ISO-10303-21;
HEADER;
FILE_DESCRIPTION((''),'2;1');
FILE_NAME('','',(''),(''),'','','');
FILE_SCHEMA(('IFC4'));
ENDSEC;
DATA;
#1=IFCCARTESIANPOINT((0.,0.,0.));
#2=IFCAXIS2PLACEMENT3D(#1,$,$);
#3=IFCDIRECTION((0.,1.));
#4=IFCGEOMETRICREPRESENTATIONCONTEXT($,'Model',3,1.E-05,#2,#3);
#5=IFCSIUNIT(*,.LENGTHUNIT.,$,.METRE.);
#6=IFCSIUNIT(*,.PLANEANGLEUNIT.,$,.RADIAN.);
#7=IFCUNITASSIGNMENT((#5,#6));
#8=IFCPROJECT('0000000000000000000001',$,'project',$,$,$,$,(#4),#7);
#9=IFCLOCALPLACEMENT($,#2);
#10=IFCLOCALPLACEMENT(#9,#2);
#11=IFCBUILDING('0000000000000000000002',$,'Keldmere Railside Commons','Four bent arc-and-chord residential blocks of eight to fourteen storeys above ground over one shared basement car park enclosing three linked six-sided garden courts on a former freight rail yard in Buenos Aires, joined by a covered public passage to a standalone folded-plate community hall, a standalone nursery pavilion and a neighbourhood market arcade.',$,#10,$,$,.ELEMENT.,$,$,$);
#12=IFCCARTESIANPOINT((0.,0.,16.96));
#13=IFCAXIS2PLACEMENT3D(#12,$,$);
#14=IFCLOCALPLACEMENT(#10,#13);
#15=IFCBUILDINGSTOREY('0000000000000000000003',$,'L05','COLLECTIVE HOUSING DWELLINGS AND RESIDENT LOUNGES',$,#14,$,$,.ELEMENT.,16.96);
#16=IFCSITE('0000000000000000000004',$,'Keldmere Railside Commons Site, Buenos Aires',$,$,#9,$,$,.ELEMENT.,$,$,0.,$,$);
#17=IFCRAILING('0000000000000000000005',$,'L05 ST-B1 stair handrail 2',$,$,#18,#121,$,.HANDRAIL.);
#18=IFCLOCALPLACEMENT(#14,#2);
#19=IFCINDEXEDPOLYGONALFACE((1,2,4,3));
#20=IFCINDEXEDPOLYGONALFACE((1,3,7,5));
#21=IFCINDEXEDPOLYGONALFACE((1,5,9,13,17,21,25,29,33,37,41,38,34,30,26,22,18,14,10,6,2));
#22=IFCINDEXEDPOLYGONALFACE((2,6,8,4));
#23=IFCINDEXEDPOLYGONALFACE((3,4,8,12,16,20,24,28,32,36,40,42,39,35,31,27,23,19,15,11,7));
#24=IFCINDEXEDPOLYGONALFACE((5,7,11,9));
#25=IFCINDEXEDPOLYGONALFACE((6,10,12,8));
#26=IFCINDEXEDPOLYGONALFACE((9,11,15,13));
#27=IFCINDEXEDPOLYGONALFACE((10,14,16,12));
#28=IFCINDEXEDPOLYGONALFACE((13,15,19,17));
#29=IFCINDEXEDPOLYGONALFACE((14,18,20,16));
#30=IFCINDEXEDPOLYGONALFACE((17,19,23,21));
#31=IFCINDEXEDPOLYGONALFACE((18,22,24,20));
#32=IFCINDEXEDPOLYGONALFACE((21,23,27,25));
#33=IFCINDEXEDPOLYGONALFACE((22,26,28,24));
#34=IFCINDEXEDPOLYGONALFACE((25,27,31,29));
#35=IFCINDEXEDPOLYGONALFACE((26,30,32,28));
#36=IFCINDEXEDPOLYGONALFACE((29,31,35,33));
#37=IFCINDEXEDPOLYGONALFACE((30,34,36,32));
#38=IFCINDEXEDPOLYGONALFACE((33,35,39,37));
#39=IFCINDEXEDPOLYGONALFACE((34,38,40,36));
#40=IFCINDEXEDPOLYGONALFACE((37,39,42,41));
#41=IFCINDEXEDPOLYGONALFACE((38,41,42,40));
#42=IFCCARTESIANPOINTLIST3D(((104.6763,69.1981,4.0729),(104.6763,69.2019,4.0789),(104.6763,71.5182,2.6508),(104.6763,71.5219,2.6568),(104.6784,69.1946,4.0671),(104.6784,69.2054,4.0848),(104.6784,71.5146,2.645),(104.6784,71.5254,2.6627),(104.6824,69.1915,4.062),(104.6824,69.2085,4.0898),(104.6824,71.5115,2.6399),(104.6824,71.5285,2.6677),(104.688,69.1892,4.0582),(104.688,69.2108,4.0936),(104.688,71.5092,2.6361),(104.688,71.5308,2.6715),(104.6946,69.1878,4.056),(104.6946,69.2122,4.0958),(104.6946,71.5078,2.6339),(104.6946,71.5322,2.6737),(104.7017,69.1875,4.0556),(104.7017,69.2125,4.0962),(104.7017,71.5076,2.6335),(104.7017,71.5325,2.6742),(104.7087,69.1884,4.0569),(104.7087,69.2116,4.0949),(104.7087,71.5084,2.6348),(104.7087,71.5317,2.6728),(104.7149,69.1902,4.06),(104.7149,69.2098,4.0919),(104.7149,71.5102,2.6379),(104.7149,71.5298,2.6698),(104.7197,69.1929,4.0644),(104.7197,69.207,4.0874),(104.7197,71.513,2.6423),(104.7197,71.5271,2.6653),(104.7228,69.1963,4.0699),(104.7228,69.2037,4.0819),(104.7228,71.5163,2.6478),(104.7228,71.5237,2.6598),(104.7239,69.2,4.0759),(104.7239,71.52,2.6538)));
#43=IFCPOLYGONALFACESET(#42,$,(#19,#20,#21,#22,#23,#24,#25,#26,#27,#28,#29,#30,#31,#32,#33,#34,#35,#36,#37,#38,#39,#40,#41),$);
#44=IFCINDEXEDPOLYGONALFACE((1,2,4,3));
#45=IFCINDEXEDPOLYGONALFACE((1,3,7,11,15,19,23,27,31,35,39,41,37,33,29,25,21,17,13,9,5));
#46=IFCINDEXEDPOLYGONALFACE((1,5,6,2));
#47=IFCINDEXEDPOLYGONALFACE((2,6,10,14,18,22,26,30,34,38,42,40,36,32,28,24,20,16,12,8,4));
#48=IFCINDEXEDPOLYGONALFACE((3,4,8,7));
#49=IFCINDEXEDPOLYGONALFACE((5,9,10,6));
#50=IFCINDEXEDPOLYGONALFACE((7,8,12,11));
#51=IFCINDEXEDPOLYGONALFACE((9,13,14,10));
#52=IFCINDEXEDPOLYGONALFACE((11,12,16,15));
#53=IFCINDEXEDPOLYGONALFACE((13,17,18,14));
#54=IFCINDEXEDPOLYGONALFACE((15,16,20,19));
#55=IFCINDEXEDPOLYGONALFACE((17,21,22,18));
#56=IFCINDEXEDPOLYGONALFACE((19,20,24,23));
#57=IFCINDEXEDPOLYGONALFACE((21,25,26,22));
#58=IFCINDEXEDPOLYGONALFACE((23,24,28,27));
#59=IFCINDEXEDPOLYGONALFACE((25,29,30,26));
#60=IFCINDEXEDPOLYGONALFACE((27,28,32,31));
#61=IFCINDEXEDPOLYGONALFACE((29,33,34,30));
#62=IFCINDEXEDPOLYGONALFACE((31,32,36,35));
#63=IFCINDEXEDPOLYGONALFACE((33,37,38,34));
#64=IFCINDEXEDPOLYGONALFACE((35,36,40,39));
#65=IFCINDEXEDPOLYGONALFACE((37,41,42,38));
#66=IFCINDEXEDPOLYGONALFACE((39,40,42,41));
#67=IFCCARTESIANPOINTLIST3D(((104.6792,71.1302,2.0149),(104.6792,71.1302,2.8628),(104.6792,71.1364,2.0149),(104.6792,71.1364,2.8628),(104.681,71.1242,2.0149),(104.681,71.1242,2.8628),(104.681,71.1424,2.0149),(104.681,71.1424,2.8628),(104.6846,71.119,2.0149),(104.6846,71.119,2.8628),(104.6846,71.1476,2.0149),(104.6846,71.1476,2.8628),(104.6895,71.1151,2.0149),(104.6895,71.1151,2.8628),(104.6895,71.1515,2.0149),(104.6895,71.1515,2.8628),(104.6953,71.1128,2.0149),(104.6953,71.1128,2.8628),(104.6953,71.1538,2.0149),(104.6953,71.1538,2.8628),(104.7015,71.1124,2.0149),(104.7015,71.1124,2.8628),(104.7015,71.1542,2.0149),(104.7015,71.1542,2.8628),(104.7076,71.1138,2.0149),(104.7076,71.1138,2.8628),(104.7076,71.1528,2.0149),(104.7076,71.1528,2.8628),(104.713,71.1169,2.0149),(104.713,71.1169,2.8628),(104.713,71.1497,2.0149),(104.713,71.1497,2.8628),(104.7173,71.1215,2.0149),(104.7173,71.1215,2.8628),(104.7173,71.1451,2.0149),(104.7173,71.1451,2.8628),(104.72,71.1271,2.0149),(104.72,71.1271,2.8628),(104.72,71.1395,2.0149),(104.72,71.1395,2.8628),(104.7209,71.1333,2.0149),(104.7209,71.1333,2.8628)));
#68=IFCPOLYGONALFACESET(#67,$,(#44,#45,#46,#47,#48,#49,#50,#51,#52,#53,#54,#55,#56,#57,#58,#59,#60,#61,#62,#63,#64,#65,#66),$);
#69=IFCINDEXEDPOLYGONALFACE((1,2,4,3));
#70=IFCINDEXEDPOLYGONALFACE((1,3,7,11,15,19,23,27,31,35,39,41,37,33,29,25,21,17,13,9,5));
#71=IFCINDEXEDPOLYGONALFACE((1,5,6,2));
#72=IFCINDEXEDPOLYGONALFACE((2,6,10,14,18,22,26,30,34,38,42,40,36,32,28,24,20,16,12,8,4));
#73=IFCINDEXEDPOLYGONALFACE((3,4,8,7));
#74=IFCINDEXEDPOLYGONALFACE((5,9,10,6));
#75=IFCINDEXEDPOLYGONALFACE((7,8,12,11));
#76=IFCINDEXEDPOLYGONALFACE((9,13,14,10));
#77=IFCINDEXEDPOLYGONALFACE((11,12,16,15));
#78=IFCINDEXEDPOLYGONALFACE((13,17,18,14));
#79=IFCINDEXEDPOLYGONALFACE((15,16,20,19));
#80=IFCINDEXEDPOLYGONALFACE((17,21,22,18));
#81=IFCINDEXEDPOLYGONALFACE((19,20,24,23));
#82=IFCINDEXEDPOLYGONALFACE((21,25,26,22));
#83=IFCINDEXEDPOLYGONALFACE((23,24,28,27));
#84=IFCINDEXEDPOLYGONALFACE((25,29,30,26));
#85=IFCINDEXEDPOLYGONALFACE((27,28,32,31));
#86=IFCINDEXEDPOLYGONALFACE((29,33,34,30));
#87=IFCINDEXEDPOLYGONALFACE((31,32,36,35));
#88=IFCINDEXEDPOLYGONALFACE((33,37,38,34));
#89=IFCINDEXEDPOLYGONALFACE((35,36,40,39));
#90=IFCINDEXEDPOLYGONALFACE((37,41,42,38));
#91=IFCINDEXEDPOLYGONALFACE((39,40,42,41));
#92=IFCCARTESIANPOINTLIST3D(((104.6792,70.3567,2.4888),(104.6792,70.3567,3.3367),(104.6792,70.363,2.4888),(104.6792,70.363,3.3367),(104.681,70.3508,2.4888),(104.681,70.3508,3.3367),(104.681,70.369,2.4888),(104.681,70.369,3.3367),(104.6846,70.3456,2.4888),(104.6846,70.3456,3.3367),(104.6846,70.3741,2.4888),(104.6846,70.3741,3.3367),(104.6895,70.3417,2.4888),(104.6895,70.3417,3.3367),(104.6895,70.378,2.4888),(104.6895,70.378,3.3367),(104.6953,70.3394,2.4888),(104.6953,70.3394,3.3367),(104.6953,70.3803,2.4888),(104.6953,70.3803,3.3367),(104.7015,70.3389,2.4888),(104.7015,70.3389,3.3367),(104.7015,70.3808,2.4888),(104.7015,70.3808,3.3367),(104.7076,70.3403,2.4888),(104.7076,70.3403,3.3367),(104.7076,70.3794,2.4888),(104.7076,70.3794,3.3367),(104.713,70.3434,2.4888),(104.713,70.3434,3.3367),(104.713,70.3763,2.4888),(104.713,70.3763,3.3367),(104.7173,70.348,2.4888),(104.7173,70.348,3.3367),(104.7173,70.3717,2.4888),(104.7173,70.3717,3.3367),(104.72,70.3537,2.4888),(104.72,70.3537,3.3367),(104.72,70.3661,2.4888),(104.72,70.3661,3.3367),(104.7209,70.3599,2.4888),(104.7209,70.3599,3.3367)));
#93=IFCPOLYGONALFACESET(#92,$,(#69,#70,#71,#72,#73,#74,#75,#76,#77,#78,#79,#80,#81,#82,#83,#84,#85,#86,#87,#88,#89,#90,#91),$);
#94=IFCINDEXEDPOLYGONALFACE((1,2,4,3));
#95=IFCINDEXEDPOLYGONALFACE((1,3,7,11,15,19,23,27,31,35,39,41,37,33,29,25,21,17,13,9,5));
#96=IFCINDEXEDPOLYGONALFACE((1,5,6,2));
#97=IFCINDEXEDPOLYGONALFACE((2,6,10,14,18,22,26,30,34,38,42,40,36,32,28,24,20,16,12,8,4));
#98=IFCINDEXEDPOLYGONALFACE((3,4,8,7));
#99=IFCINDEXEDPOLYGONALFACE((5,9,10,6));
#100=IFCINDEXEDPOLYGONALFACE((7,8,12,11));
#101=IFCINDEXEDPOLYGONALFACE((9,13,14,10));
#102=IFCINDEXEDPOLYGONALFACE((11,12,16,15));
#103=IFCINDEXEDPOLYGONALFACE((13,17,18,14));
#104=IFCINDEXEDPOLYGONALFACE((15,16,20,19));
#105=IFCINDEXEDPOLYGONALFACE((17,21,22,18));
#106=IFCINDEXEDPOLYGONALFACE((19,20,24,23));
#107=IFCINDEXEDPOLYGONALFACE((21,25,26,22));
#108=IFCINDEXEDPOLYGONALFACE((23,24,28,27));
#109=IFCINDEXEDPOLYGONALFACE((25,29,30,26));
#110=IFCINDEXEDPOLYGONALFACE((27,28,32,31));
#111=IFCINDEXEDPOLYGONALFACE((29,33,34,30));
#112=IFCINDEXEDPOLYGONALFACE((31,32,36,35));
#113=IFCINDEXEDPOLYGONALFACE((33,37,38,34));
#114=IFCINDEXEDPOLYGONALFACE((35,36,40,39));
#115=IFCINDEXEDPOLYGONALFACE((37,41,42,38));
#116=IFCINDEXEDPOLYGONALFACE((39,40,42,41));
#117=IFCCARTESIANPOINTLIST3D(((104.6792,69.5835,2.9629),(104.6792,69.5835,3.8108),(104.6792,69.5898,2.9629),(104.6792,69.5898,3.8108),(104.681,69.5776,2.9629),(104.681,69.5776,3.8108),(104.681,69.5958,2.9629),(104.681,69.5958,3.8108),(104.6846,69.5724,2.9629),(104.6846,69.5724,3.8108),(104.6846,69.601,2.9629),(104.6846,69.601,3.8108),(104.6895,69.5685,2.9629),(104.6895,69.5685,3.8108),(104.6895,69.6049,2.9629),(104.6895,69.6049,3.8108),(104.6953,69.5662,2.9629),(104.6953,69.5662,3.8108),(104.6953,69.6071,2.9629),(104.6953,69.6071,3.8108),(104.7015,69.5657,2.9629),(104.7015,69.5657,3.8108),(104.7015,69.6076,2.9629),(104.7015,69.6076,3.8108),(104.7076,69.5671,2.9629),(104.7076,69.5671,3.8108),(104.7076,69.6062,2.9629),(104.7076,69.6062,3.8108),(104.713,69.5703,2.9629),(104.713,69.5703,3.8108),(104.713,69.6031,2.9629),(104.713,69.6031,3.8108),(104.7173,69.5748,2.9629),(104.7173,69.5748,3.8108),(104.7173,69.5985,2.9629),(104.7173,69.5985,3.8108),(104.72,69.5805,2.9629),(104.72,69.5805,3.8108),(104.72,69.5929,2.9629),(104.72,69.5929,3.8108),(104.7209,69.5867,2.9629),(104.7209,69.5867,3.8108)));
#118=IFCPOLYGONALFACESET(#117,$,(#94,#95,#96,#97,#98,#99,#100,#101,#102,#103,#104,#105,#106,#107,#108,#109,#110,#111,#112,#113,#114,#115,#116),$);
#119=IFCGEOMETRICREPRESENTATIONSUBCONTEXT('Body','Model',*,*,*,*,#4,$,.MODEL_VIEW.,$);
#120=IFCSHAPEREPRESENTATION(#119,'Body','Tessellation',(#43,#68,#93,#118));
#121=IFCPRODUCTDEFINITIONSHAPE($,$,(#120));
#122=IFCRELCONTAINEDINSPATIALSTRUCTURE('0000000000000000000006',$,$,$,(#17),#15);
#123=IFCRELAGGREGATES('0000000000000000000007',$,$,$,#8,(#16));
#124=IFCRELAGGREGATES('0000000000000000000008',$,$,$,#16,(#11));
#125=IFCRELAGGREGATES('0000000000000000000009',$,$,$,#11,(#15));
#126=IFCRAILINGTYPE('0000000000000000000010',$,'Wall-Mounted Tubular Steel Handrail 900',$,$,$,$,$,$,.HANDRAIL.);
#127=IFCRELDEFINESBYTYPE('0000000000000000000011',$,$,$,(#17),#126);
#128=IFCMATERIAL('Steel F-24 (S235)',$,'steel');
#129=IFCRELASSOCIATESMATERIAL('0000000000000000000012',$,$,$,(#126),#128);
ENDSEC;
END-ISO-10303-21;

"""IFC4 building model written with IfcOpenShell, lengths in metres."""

from ifc_helpers import new_model, si_unit, direction, frame, origin, origin_2d, place, context, subcontext, project, spatial, circle, extrude, material, type_object, element, save


model = new_model("IFC4")

# Units and contexts
model_context = context("Model", 3, precision=1e-05, world=origin(), true_north=direction((0.0, 1.0)))
body_context = subcontext(model_context, "Body", "Model", "MODEL_VIEW")
ifc_project = project(units=[si_unit("LENGTHUNIT", "METRE"), si_unit("PLANEANGLEUNIT", "RADIAN")], contexts=[model_context])

# Site, building, storey
site_placement = place(None, origin())
site = spatial("IfcSite", under=ifc_project, at=site_placement, Name="Keldmere Railside Commons Site, Buenos Aires", CompositionType="ELEMENT", RefElevation=0.0)
building_placement = place(site_placement, origin())
building = spatial("IfcBuilding", under=site, at=building_placement, Name="Keldmere Railside Commons", Description="Four bent arc-and-chord residential blocks of eight to fourteen storeys above ground over one shared basement car park enclosing three linked six-sided garden courts on a former freight rail yard in Buenos Aires, joined by a covered public passage to a standalone folded-plate community hall, a standalone nursery pavilion and a neighbourhood market arcade.", CompositionType="ELEMENT")
storey_placement = place(building_placement, frame((0.0, 0.0, 16.96)))
storey = spatial("IfcBuildingStorey", under=building, at=storey_placement, Name="L05", Description="COLLECTIVE HOUSING DWELLINGS AND RESIDENT LOUNGES", CompositionType="ELEMENT", Elevation=16.96)

# Shared definitions
ifc_material_1 = material(Name="Steel F-24 (S235)", Category="steel")

# Railing
railing_type_1 = type_object("IfcRailingType", Name="Wall-Mounted Tubular Steel Handrail 900", PredefinedType="HANDRAIL", material=ifc_material_1)
railing_1_placement = place(storey_placement, frame((104.7, 71.52, 1.7778)))
element("IfcRailing", 1, at=railing_1_placement, inside=storey, type_object=railing_type_1, Name="L05 ST-B1 stair handrail 2", PredefinedType="HANDRAIL", context=body_context, shape_type="SweptSolid", body=[
    extrude(circle(Radius=0.0239, at=origin_2d()), frame((0.0, 0.0, 0.876), z_axis=(0.0, -0.852578, 0.5226), x_axis=(1.0, 0.0, 0.0)), (0.0, 0.0, 1.0), 2.7212),
    extrude(circle(Radius=0.021, at=origin_2d()), frame((0.0, -0.3867, 0.2371)), (0.0, 0.0, 1.0), 0.8479),
    extrude(circle(Radius=0.021, at=origin_2d()), frame((0.0, -1.1602, 0.7109)), (0.0, 0.0, 1.0), 0.8479),
    extrude(circle(Radius=0.021, at=origin_2d()), frame((0.0, -1.9333, 1.1851)), (0.0, 0.0, 1.0), 0.8479),
])

save(model, "model.ifc")
